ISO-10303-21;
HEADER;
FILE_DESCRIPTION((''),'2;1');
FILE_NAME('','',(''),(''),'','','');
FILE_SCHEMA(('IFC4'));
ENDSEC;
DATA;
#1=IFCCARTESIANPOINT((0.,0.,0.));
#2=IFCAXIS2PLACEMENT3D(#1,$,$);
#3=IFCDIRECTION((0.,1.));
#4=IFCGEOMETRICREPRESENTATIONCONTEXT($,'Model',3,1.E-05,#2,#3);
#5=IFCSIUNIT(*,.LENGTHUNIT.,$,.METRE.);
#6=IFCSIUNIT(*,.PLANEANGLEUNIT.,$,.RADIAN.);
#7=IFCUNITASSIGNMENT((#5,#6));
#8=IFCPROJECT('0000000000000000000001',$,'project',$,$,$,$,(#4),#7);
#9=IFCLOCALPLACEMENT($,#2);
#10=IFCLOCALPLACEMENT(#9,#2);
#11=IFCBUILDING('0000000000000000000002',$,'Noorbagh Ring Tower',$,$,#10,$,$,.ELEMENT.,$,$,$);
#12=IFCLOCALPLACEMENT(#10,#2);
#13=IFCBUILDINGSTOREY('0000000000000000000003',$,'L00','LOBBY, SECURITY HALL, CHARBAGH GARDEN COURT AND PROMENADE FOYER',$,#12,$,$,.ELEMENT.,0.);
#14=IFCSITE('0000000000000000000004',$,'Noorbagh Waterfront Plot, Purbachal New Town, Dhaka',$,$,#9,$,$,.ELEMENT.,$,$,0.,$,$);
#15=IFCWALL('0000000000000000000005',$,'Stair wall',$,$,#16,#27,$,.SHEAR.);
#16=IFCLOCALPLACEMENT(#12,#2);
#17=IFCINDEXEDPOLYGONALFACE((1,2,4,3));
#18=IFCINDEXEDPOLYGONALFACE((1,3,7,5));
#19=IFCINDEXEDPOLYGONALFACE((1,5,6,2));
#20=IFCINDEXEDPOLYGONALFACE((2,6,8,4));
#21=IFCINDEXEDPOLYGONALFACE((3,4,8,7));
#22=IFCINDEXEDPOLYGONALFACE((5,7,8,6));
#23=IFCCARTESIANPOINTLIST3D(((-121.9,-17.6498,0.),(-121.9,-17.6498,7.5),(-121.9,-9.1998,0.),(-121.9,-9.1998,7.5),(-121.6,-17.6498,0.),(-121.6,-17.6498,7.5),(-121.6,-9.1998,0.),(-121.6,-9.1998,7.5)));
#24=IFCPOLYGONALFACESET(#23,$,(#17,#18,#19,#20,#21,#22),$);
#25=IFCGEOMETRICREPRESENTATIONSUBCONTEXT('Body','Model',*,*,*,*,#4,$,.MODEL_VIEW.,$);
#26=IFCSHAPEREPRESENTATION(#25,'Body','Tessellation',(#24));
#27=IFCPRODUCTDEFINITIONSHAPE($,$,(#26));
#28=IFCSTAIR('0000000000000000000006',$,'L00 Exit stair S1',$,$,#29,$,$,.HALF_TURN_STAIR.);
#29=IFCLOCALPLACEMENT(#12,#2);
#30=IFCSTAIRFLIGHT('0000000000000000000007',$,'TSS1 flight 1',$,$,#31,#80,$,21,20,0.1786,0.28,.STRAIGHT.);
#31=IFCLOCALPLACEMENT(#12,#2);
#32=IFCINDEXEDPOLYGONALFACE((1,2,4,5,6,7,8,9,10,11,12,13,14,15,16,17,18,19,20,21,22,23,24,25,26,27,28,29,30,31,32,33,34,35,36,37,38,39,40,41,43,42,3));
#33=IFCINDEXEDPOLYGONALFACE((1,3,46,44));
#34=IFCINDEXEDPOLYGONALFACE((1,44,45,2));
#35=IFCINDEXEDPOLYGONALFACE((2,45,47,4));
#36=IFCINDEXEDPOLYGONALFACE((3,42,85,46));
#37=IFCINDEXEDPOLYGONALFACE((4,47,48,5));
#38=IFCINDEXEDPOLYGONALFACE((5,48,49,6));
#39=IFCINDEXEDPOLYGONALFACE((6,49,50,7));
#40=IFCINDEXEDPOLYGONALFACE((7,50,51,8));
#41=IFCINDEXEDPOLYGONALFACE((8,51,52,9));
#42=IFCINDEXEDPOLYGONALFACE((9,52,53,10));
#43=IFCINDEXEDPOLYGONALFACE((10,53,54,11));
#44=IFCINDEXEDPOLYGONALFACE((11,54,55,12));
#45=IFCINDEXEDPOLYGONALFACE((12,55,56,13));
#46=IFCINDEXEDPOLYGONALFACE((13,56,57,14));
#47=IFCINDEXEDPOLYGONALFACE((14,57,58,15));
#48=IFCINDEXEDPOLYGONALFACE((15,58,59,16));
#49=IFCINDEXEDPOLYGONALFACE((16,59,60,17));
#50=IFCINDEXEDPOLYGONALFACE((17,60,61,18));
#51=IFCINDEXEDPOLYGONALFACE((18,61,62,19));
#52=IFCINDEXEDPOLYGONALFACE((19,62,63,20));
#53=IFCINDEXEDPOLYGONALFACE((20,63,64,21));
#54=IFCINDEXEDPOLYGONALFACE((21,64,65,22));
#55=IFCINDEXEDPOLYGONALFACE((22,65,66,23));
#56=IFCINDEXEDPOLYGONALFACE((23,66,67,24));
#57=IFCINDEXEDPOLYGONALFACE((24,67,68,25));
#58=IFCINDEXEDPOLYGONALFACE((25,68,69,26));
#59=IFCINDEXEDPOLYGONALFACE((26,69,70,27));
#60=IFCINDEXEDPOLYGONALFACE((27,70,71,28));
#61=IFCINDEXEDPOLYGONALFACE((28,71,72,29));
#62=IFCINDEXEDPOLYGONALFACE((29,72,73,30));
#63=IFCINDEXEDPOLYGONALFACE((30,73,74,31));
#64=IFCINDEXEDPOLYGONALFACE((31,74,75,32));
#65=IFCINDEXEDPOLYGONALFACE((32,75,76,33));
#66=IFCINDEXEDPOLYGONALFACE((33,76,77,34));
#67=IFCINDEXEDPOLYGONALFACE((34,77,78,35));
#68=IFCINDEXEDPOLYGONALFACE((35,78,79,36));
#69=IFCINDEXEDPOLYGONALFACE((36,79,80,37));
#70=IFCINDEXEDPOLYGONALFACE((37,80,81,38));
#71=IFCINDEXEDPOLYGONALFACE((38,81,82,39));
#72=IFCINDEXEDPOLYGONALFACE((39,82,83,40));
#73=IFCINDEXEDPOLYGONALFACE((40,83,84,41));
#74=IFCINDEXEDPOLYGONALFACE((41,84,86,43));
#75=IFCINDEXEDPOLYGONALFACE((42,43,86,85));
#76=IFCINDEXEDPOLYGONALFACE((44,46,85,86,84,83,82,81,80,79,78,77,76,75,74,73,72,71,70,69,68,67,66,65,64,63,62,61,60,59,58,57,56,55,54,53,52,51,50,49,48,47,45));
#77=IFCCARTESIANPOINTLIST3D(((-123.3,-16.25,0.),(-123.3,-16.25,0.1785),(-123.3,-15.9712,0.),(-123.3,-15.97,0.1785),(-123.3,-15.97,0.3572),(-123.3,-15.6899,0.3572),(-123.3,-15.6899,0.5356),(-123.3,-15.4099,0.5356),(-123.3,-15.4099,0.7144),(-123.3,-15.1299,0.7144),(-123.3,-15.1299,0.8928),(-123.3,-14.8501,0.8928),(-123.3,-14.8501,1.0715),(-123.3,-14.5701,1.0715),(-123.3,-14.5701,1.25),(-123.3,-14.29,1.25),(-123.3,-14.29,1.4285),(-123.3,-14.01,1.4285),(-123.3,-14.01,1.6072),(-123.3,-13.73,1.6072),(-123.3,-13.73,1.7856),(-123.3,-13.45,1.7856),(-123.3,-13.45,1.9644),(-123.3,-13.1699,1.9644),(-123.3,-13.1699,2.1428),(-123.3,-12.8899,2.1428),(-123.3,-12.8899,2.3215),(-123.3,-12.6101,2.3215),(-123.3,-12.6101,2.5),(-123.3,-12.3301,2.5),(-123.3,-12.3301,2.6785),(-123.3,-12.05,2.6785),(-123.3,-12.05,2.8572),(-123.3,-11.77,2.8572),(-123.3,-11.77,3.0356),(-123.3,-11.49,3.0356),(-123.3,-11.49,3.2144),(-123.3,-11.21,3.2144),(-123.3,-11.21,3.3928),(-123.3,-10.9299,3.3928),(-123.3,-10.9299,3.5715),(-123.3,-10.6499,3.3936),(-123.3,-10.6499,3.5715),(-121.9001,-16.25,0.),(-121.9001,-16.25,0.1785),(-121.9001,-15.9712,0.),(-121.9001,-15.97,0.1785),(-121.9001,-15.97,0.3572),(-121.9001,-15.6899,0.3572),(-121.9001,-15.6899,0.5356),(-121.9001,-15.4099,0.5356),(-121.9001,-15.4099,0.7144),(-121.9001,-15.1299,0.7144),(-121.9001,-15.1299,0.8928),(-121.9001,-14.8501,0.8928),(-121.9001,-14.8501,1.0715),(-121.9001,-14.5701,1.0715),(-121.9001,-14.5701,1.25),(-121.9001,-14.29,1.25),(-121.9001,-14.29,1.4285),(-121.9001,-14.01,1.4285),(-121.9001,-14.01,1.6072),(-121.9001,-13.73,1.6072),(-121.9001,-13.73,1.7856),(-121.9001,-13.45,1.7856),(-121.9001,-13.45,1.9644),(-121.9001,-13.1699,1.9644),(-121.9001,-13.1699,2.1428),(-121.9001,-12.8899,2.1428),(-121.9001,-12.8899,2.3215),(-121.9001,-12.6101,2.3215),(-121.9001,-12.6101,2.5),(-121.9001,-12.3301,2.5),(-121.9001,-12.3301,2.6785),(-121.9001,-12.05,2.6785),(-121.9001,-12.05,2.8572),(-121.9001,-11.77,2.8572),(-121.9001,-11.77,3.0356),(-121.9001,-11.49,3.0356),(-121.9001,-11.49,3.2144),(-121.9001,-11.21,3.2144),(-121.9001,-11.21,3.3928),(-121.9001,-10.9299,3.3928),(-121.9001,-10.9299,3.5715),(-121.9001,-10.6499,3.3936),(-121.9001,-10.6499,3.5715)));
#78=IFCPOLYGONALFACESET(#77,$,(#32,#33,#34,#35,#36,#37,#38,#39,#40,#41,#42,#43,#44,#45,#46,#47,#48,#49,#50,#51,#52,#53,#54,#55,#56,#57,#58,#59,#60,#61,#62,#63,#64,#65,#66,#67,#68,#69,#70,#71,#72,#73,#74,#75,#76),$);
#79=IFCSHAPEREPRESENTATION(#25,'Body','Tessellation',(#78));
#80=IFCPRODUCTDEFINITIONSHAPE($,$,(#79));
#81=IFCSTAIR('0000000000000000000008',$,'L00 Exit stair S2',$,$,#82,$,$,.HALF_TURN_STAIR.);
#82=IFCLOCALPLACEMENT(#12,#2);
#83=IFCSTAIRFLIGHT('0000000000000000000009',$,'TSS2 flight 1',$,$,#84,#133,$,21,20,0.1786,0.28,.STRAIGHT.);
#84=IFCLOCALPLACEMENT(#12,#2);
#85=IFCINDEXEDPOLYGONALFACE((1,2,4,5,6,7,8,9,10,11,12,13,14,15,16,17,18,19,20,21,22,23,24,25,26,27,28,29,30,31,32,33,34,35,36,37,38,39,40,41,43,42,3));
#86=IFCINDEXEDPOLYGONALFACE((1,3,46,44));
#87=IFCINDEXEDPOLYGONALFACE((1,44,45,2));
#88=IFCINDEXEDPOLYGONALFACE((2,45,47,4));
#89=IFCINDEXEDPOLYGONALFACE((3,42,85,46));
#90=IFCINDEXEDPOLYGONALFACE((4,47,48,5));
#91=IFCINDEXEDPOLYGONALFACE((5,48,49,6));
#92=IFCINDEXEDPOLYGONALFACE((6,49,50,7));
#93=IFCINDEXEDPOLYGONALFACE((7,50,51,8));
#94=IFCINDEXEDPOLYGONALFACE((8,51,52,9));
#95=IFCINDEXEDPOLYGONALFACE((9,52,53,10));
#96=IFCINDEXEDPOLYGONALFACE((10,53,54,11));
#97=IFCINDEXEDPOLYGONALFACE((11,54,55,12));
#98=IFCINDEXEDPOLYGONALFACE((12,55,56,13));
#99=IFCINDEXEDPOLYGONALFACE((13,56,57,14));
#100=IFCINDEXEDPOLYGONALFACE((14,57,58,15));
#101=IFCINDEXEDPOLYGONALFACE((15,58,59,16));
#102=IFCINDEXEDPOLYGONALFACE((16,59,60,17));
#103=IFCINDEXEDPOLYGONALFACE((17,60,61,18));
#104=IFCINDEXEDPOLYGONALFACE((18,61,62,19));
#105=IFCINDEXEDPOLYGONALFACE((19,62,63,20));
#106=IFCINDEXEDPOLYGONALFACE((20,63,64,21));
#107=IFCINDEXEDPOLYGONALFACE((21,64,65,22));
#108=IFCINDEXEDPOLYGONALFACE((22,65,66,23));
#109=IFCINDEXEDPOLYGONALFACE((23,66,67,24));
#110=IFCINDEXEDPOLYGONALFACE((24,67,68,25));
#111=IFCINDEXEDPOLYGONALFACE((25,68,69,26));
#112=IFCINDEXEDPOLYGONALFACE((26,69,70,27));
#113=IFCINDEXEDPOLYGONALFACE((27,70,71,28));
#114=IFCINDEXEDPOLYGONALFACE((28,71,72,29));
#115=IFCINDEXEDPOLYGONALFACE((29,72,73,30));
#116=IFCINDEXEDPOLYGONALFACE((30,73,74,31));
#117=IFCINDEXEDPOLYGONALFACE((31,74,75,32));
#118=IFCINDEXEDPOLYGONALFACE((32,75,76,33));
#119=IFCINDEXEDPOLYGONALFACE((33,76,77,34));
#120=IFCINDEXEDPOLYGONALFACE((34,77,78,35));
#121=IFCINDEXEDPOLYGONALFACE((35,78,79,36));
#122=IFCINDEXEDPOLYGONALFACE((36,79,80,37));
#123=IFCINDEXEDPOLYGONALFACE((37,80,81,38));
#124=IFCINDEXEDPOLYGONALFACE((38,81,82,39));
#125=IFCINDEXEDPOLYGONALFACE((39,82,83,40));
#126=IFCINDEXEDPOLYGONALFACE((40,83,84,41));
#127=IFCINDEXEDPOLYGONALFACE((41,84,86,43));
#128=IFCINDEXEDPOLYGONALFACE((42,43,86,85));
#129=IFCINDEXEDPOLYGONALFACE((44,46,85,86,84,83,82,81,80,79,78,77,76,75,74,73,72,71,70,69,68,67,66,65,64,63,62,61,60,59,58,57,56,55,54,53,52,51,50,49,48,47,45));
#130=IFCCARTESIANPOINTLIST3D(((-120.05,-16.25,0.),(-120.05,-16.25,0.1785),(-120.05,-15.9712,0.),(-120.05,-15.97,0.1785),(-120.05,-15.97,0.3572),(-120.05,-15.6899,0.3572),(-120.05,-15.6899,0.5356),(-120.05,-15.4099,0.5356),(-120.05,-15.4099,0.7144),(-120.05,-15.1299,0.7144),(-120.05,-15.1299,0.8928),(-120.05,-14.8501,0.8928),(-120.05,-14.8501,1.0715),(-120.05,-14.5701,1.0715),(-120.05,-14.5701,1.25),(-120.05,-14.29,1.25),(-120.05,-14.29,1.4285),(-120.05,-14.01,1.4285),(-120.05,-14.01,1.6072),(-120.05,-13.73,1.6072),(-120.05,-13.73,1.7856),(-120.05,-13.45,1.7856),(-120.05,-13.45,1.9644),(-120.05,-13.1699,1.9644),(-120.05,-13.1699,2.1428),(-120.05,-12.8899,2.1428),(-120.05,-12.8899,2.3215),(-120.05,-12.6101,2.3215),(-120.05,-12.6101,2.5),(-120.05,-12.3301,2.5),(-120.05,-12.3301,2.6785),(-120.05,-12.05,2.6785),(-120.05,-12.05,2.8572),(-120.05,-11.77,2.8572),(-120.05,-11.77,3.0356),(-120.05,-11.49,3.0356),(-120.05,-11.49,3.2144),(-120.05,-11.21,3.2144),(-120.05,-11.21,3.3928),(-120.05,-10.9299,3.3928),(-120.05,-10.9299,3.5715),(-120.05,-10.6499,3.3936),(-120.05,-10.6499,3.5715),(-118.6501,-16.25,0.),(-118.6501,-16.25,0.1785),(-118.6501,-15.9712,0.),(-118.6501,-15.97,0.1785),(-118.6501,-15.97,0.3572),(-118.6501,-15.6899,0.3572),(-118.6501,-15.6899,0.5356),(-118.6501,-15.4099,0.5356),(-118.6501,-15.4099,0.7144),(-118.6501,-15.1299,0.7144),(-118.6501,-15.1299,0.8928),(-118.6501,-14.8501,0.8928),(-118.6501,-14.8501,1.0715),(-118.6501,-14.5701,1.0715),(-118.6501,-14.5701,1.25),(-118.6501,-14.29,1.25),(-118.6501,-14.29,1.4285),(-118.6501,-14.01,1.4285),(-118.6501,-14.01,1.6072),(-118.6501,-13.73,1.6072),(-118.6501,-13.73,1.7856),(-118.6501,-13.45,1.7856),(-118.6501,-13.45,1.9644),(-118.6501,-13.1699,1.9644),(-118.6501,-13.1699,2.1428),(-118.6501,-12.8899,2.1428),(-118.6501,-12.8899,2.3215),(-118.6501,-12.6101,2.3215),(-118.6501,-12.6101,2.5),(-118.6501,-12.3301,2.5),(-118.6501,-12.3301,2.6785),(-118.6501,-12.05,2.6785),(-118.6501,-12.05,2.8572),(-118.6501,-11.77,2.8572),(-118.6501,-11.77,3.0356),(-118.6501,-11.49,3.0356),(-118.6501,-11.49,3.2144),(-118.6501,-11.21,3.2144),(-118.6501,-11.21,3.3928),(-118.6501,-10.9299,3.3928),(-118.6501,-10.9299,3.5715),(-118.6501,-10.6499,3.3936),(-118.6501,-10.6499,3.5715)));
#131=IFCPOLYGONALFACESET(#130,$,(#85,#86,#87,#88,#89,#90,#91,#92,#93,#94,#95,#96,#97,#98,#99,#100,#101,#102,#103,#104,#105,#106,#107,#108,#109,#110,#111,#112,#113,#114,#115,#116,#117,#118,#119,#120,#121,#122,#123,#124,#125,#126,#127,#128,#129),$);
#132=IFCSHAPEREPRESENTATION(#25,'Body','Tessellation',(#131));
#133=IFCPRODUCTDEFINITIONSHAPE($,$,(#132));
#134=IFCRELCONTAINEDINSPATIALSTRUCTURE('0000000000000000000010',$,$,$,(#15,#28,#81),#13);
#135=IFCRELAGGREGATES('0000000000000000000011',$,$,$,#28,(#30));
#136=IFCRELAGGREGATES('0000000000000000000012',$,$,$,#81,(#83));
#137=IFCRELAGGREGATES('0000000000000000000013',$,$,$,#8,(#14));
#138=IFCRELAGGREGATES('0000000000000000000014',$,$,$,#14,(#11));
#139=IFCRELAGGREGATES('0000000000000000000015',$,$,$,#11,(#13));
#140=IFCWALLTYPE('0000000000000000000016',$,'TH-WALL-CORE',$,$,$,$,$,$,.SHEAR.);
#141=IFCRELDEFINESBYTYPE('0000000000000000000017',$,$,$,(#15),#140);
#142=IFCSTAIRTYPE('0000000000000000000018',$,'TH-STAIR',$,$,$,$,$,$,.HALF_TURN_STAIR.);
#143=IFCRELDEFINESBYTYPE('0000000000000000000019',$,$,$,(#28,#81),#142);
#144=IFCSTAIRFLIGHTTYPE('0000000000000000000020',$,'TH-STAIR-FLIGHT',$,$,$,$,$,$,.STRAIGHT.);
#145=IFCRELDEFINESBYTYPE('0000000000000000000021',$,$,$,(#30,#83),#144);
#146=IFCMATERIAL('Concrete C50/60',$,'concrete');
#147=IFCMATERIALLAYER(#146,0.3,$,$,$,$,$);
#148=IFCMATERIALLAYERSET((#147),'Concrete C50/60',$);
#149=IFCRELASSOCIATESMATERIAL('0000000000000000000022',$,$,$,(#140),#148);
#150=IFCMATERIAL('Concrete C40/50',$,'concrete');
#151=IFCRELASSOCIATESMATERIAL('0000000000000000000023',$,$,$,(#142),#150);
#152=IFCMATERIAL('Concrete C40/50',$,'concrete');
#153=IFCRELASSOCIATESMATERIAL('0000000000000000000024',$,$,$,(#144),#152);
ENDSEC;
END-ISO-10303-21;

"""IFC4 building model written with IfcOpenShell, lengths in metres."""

from ifc_helpers import new_model, si_unit, direction, frame, frame_2d, origin, place, context, subcontext, project, spatial, polyline, rectangle, outline, extrude, material, layer, layer_set, type_object, element, aggregate, save


model = new_model("IFC4")

# Units and contexts
model_context = context("Model", 3, precision=1e-05, world=origin(), true_north=direction((0.0, 1.0)))
body_context = subcontext(model_context, "Body", "Model", "MODEL_VIEW")
ifc_project = project(units=[si_unit("LENGTHUNIT", "METRE"), si_unit("PLANEANGLEUNIT", "RADIAN")], contexts=[model_context])

# Site, building, storey
site_placement = place(None, origin())
site = spatial("IfcSite", under=ifc_project, at=site_placement, Name="Noorbagh Waterfront Plot, Purbachal New Town, Dhaka", CompositionType="ELEMENT", RefElevation=0.0)
building_placement = place(site_placement, origin())
building = spatial("IfcBuilding", under=site, at=building_placement, Name="Noorbagh Ring Tower", CompositionType="ELEMENT")
storey_placement = place(building_placement, origin())
storey = spatial("IfcBuildingStorey", under=building, at=storey_placement, Name="L00", Description="LOBBY, SECURITY HALL, CHARBAGH GARDEN COURT AND PROMENADE FOYER", CompositionType="ELEMENT", Elevation=0.0)

# Wall
ifc_material_1 = material(Name="Concrete C50/60", Category="concrete")
ifc_layer = layer(ifc_material_1, 0.3)
ifc_layer_set = layer_set([ifc_layer], Name="Concrete C50/60")
wall_type = type_object("IfcWallType", Name="TH-WALL-CORE", PredefinedType="SHEAR", material=ifc_layer_set)
wall_placement = place(storey_placement, frame((-121.75, -17.6499, 0.0), z_axis=(0.0, 0.0, 1.0), x_axis=(0.0, 1.0, 0.0)))
element("IfcWall", 1, at=wall_placement, inside=storey, type_object=wall_type, Name="Stair wall", PredefinedType="SHEAR", context=body_context, shape_type="SweptSolid", body=[
    extrude(rectangle(XDim=8.45, YDim=0.3, at=frame_2d((4.2251, 0.0))), origin(), (0.0, 0.0, 1.0), 7.5),
])

# Stair, stair flight
ifc_material_2 = material(Name="Concrete C40/50", Category="concrete")
stair_type = type_object("IfcStairType", Name="TH-STAIR", PredefinedType="HALF_TURN_STAIR", material=ifc_material_2)
stair_1_placement = place(storey_placement, origin())
stair_1 = element("IfcStair", 2, at=stair_1_placement, inside=storey, type_object=stair_type, Name="L00 Exit stair S1", PredefinedType="HALF_TURN_STAIR")
ifc_material_3 = material(Name="Concrete C40/50", Category="concrete")
stair_flight_type = type_object("IfcStairFlightType", Name="TH-STAIR-FLIGHT", PredefinedType="STRAIGHT", material=ifc_material_3)
stair_flight_1_placement = place(storey_placement, frame((-122.6001, -16.25, 0.0), z_axis=(0.0, 0.0, 1.0), x_axis=(0.0, 1.0, 0.0)))
stair_flight_1 = element("IfcStairFlight", 3, at=stair_flight_1_placement, type_object=stair_flight_type, Name="TSS1 flight 1", NumberOfRisers=21, NumberOfTreads=20, PredefinedType="STRAIGHT", RiserHeight=0.1786, TreadLength=0.28, context=body_context, shape_type="SweptSolid", body=[
    extrude(outline(polyline([(0.0, 0.0), (0.0, 0.1785), (0.28, 0.1785), (0.28, 0.3572), (0.5601, 0.3572), (0.5601, 0.5356), (0.8401, 0.5356), (0.8401, 0.7144), (1.1201, 0.7144), (1.1201, 0.8928), (1.3999, 0.8928), (1.3999, 1.0715), (1.6799, 1.0715), (1.6799, 1.25), (1.96, 1.25), (1.96, 1.4285), (2.24, 1.4285), (2.24, 1.6072), (2.52, 1.6072), (2.52, 1.7856), (2.8, 1.7856), (2.8, 1.9644), (3.0801, 1.9644), (3.0801, 2.1428), (3.3601, 2.1428), (3.3601, 2.3215), (3.6399, 2.3215), (3.6399, 2.5), (3.9199, 2.5), (3.9199, 2.6785), (4.2, 2.6785), (4.2, 2.8572), (4.48, 2.8572), (4.48, 3.0356), (4.76, 3.0356), (4.76, 3.2144), (5.04, 3.2144), (5.04, 3.3928), (5.3201, 3.3928), (5.3201, 3.5715), (5.6001, 3.5715), (5.6001, 3.75), (5.6001, 3.3936), (0.2788, 0.0), (0.0, 0.0)])), frame((0.0, 0.7, 0.0), z_axis=(0.0, -1.0, 0.0), x_axis=(1.0, 0.0, 0.0)), (0.0, 0.0, 1.0), 1.3999),
])
aggregate(stair_1, [stair_flight_1])

# Stair, stair flight
stair_2_placement = place(storey_placement, origin())
stair_2 = element("IfcStair", 4, at=stair_2_placement, inside=storey, type_object=stair_type, Name="L00 Exit stair S2", PredefinedType="HALF_TURN_STAIR")
stair_flight_2_placement = place(storey_placement, frame((-119.3501, -16.25, 0.0), z_axis=(0.0, 0.0, 1.0), x_axis=(0.0, 1.0, 0.0)))
stair_flight_2 = element("IfcStairFlight", 5, at=stair_flight_2_placement, type_object=stair_flight_type, Name="TSS2 flight 1", NumberOfRisers=21, NumberOfTreads=20, PredefinedType="STRAIGHT", RiserHeight=0.1786, TreadLength=0.28, context=body_context, shape_type="SweptSolid", body=[
    extrude(outline(polyline([(0.0, 0.0), (0.0, 0.1785), (0.28, 0.1785), (0.28, 0.3572), (0.5601, 0.3572), (0.5601, 0.5356), (0.8401, 0.5356), (0.8401, 0.7144), (1.1201, 0.7144), (1.1201, 0.8928), (1.3999, 0.8928), (1.3999, 1.0715), (1.6799, 1.0715), (1.6799, 1.25), (1.96, 1.25), (1.96, 1.4285), (2.24, 1.4285), (2.24, 1.6072), (2.52, 1.6072), (2.52, 1.7856), (2.8, 1.7856), (2.8, 1.9644), (3.0801, 1.9644), (3.0801, 2.1428), (3.3601, 2.1428), (3.3601, 2.3215), (3.6399, 2.3215), (3.6399, 2.5), (3.9199, 2.5), (3.9199, 2.6785), (4.2, 2.6785), (4.2, 2.8572), (4.48, 2.8572), (4.48, 3.0356), (4.76, 3.0356), (4.76, 3.2144), (5.04, 3.2144), (5.04, 3.3928), (5.3201, 3.3928), (5.3201, 3.5715), (5.6001, 3.5715), (5.6001, 3.75), (5.6001, 3.3936), (0.2788, 0.0), (0.0, 0.0)])), frame((0.0, 0.7, 0.0), z_axis=(0.0, -1.0, 0.0), x_axis=(1.0, 0.0, 0.0)), (0.0, 0.0, 1.0), 1.3999),
])
aggregate(stair_2, [stair_flight_2])

save(model, "model.ifc")
